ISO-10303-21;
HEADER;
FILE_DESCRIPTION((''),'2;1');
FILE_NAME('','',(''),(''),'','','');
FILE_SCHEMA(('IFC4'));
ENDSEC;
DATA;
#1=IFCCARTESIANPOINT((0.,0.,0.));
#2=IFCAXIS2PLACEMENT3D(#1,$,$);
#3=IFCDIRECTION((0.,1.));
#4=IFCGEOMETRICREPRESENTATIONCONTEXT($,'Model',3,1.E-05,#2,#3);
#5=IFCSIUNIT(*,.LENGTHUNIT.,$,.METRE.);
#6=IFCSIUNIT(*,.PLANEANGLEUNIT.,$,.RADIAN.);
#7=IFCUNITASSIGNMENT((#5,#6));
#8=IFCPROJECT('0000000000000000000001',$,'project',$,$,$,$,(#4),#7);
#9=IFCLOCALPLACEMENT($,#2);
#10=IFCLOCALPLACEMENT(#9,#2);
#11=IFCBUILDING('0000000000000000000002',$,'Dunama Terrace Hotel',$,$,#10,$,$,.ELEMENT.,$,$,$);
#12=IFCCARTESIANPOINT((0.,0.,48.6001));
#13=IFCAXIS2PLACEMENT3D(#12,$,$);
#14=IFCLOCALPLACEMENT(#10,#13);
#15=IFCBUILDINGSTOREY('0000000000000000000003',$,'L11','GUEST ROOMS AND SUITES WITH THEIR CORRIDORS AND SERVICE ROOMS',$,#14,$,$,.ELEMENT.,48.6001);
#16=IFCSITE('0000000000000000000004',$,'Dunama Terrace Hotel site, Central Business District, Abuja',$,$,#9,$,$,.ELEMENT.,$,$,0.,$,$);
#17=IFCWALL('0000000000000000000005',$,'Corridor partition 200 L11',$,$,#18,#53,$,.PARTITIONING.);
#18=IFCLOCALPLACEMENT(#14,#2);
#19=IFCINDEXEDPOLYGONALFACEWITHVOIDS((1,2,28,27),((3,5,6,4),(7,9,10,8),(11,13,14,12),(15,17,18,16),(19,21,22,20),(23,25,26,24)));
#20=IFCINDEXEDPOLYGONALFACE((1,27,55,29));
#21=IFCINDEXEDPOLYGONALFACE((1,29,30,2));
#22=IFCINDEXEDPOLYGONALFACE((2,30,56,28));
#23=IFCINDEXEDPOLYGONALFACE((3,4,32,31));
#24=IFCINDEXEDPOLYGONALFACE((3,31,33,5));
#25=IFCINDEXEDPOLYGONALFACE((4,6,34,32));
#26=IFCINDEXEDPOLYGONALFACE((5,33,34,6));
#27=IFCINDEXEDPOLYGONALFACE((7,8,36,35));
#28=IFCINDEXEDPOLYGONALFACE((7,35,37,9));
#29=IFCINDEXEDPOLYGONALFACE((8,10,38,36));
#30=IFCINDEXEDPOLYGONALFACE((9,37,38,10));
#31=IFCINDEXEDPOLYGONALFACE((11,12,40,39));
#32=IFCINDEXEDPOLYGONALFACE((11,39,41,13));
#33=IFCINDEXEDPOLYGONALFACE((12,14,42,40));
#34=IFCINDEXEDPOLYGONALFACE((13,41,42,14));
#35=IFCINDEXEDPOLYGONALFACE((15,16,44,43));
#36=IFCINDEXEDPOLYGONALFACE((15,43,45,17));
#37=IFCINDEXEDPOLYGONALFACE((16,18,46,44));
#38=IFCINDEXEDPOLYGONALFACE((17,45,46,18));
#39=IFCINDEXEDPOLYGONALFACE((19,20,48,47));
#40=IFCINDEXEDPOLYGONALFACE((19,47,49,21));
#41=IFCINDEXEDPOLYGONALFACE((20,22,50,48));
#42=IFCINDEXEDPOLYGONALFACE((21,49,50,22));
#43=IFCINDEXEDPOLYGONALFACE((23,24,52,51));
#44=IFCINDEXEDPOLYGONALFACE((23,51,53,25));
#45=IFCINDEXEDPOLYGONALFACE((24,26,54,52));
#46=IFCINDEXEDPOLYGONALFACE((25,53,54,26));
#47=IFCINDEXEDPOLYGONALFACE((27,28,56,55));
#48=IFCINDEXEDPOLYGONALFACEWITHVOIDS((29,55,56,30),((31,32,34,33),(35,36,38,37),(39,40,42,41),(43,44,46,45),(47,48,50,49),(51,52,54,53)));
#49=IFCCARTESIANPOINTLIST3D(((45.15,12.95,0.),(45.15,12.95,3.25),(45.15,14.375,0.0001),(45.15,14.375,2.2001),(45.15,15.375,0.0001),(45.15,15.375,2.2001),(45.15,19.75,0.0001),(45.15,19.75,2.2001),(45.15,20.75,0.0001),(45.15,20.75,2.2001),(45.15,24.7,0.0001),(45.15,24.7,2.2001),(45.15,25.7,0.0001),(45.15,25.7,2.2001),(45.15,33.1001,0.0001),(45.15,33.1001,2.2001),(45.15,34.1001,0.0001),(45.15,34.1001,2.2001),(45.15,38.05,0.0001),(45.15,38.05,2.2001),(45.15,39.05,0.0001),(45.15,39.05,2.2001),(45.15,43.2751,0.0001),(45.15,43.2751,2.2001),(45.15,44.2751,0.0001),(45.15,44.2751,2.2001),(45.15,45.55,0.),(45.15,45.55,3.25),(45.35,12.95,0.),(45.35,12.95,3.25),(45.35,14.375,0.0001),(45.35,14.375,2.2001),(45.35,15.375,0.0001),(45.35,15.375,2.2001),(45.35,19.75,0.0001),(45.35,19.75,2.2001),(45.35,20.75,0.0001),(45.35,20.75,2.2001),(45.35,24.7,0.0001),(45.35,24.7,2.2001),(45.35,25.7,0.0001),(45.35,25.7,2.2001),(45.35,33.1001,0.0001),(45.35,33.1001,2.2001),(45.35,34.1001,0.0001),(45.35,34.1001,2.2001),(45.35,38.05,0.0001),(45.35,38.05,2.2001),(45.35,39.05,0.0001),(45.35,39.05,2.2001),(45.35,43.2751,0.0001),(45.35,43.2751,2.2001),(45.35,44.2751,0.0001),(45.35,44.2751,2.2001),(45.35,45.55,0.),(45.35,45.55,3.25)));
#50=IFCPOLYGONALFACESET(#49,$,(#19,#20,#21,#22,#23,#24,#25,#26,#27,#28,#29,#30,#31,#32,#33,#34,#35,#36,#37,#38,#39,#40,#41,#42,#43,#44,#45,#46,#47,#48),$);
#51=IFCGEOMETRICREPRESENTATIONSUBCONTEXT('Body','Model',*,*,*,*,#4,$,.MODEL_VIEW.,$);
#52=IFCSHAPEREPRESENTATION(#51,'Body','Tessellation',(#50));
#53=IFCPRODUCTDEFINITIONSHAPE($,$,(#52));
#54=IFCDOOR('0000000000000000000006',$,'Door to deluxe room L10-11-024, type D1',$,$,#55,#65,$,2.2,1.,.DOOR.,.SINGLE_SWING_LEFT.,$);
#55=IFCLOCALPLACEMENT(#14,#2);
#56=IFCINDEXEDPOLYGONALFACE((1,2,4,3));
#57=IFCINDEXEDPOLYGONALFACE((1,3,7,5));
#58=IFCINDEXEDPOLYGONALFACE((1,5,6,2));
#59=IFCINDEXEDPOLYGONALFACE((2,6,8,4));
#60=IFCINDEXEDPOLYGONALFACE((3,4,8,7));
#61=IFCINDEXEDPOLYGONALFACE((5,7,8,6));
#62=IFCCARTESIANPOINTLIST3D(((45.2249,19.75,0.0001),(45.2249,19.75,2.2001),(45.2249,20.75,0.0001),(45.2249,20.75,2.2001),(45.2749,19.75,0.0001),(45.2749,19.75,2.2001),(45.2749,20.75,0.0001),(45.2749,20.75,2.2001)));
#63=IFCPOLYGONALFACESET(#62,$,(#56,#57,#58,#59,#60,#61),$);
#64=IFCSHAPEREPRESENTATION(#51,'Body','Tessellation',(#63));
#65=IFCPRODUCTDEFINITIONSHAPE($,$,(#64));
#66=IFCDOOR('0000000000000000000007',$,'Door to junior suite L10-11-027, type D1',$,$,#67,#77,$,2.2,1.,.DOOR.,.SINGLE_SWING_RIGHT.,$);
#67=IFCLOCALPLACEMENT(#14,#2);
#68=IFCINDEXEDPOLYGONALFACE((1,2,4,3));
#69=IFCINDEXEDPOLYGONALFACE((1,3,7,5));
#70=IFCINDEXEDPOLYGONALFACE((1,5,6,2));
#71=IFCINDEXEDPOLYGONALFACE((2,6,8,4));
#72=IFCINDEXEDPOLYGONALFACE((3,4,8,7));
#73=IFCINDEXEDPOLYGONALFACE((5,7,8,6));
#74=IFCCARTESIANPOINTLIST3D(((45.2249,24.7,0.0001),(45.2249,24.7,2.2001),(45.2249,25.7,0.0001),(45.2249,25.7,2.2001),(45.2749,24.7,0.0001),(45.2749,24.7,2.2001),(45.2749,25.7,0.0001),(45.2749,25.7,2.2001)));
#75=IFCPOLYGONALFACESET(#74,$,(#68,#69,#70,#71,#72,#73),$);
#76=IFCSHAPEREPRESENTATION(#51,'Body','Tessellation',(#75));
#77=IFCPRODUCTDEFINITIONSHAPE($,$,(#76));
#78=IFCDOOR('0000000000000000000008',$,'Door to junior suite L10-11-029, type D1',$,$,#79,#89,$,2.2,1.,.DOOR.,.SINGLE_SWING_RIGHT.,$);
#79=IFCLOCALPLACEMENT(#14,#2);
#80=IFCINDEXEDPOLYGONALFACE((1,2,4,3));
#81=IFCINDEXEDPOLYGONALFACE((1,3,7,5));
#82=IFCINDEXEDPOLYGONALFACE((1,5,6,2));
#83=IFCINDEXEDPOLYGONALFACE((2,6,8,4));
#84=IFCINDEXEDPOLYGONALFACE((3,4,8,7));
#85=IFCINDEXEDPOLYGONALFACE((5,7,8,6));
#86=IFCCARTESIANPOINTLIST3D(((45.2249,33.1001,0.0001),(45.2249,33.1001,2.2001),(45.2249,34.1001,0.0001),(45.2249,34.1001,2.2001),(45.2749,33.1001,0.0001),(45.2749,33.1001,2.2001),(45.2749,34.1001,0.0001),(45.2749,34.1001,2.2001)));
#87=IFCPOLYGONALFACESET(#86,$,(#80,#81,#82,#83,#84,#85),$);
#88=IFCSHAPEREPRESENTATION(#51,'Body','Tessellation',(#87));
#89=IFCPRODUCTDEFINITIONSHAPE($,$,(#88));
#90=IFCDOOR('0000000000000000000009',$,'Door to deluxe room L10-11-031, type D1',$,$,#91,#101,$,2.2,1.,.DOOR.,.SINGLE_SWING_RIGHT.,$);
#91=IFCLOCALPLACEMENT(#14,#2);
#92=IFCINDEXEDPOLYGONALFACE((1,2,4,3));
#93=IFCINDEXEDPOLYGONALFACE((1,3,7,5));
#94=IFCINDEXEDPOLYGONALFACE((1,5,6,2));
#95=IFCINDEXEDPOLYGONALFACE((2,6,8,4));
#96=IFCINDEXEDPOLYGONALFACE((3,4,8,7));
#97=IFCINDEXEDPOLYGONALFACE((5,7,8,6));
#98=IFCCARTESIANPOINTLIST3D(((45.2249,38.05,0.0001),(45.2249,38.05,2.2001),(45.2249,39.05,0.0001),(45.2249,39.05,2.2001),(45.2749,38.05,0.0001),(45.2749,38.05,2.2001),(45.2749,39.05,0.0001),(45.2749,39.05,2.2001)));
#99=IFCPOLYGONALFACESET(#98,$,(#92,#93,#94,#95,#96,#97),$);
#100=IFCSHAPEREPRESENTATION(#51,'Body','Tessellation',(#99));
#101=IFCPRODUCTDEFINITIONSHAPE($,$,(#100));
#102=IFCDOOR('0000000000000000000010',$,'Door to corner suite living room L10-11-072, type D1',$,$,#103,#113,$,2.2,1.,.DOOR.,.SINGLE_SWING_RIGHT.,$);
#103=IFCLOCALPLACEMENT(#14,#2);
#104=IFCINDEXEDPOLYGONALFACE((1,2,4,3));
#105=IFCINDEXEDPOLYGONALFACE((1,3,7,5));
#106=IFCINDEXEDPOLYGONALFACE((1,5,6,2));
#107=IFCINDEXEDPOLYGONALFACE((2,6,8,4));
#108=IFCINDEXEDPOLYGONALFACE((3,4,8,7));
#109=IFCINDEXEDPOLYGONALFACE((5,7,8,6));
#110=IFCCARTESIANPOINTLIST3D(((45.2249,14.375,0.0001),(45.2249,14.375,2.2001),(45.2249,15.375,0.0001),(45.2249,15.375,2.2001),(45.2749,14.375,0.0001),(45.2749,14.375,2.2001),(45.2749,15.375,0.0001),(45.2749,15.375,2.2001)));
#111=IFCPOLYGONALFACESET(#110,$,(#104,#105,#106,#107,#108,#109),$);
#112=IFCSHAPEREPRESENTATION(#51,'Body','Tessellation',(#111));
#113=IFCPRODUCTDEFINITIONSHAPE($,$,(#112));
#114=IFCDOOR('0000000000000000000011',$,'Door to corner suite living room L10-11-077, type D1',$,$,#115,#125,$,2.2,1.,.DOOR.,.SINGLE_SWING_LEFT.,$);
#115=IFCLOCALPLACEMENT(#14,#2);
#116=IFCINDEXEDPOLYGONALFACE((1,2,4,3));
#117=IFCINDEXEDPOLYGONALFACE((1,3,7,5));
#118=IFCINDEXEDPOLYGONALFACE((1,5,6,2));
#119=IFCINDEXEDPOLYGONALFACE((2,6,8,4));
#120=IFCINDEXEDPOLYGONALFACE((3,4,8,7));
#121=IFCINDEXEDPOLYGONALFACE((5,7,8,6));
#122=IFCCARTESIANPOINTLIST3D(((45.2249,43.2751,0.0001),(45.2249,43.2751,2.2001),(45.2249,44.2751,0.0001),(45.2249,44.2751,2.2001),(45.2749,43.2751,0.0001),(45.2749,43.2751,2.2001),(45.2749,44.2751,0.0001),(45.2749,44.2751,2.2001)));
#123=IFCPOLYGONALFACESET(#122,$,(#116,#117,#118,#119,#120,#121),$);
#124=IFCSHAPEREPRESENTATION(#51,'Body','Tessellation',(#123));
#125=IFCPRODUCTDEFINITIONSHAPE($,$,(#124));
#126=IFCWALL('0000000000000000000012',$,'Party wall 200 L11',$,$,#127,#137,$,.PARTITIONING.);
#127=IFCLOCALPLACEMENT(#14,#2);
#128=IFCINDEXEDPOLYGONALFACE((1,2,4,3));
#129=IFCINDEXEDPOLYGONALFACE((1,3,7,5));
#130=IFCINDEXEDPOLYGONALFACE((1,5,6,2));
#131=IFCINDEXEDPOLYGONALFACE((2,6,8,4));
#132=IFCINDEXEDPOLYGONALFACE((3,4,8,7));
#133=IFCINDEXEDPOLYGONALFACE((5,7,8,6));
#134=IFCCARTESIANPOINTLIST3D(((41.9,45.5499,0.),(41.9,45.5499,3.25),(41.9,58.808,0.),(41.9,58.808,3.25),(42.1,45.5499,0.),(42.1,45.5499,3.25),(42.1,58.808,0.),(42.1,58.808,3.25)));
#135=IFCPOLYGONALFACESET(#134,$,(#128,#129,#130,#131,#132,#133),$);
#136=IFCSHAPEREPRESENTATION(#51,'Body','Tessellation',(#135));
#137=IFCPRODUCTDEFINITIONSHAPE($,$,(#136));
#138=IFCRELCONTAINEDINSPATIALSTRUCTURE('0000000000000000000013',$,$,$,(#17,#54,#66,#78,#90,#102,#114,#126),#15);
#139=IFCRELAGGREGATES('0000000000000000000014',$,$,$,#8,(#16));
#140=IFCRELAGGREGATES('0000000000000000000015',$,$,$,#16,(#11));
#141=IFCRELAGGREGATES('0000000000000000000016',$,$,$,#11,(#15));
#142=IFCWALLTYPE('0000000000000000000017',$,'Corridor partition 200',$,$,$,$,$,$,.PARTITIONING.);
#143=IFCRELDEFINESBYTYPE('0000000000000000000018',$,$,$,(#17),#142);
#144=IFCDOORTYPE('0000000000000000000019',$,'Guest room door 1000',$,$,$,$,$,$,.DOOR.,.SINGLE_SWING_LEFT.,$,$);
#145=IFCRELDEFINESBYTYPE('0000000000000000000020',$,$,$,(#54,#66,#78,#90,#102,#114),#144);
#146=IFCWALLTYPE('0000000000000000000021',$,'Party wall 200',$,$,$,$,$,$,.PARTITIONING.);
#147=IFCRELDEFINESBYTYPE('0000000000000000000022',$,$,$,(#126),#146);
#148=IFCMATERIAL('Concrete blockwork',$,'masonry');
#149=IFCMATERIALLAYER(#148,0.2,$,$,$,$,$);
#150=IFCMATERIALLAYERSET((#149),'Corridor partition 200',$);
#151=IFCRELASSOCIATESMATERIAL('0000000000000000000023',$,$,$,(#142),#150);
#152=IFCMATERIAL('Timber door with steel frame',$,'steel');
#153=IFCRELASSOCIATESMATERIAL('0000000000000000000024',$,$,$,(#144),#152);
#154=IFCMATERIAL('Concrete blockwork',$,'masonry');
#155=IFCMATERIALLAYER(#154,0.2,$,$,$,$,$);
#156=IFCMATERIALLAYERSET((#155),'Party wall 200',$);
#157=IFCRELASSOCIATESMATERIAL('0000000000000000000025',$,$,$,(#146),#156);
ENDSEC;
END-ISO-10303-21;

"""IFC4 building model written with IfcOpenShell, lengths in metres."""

from ifc_helpers import new_model, si_unit, direction, frame, frame_2d, origin, place, context, subcontext, project, spatial, rectangle, extrude, material, layer, layer_set, type_object, element, fill, save


model = new_model("IFC4")

# Units and contexts
model_context = context("Model", 3, precision=1e-05, world=origin(), true_north=direction((0.0, 1.0)))
body_context = subcontext(model_context, "Body", "Model", "MODEL_VIEW")
ifc_project = project(units=[si_unit("LENGTHUNIT", "METRE"), si_unit("PLANEANGLEUNIT", "RADIAN")], contexts=[model_context])

# Site, building, storey
site_placement = place(None, origin())
site = spatial("IfcSite", under=ifc_project, at=site_placement, Name="Dunama Terrace Hotel site, Central Business District, Abuja", CompositionType="ELEMENT", RefElevation=0.0)
building_placement = place(site_placement, origin())
building = spatial("IfcBuilding", under=site, at=building_placement, Name="Dunama Terrace Hotel", CompositionType="ELEMENT")
storey_placement = place(building_placement, frame((0.0, 0.0, 48.6001)))
storey = spatial("IfcBuildingStorey", under=building, at=storey_placement, Name="L11", Description="GUEST ROOMS AND SUITES WITH THEIR CORRIDORS AND SERVICE ROOMS", CompositionType="ELEMENT", Elevation=48.6001)

# Wall, openings, doors
ifc_material_1 = material(Name="Concrete blockwork", Category="masonry")
ifc_layer_1 = layer(ifc_material_1, 0.2)
ifc_layer_set_1 = layer_set([ifc_layer_1], Name="Corridor partition 200")
wall_type_1 = type_object("IfcWallType", Name="Corridor partition 200", PredefinedType="PARTITIONING", material=ifc_layer_set_1)
wall_1_placement = place(storey_placement, frame((45.25, 45.55, 0.0), z_axis=(0.0, 0.0, 1.0), x_axis=(0.0, -1.0, 0.0)))
wall_1 = element("IfcWall", 1, at=wall_1_placement, inside=storey, type_object=wall_type_1, Name="Corridor partition 200 L11", PredefinedType="PARTITIONING", context=body_context, shape_type="SweptSolid", body=[
    extrude(rectangle(XDim=32.6001, YDim=0.2, at=frame_2d((16.3, 0.0))), origin(), (0.0, 0.0, 1.0), 3.25),
])
opening_1_placement = place(wall_1_placement, frame((24.8, 0.0, 0.0)))
opening_1 = element("IfcOpeningElement", 2, at=opening_1_placement, cuts=wall_1, PredefinedType="OPENING", context=body_context, shape_type="SweptSolid", body=[
    extrude(rectangle(XDim=1.0, YDim=2.2, at=frame_2d((0.5, 1.1001))), frame((0.0, 0.1099, 0.0), z_axis=(0.0, -1.0, 0.0), x_axis=(1.0, 0.0, 0.0)), (0.0, 0.0, 1.0), 0.22),
])
opening_2_placement = place(wall_1_placement, frame((19.8501, 0.0, 0.0)))
opening_2 = element("IfcOpeningElement", 3, at=opening_2_placement, cuts=wall_1, PredefinedType="OPENING", context=body_context, shape_type="SweptSolid", body=[
    extrude(rectangle(XDim=1.0, YDim=2.2, at=frame_2d((0.5, 1.1001))), frame((0.0, 0.1099, 0.0), z_axis=(0.0, -1.0, 0.0), x_axis=(1.0, 0.0, 0.0)), (0.0, 0.0, 1.0), 0.22),
])
opening_3_placement = place(wall_1_placement, frame((11.45, 0.0, 0.0)))
opening_3 = element("IfcOpeningElement", 4, at=opening_3_placement, cuts=wall_1, PredefinedType="OPENING", context=body_context, shape_type="SweptSolid", body=[
    extrude(rectangle(XDim=1.0, YDim=2.2, at=frame_2d((0.5, 1.1001))), frame((0.0, 0.1099, 0.0), z_axis=(0.0, -1.0, 0.0), x_axis=(1.0, 0.0, 0.0)), (0.0, 0.0, 1.0), 0.22),
])
opening_4_placement = place(wall_1_placement, frame((6.5, 0.0, 0.0)))
opening_4 = element("IfcOpeningElement", 5, at=opening_4_placement, cuts=wall_1, PredefinedType="OPENING", context=body_context, shape_type="SweptSolid", body=[
    extrude(rectangle(XDim=1.0, YDim=2.2, at=frame_2d((0.5, 1.1001))), frame((0.0, 0.1099, 0.0), z_axis=(0.0, -1.0, 0.0), x_axis=(1.0, 0.0, 0.0)), (0.0, 0.0, 1.0), 0.22),
])
opening_5_placement = place(wall_1_placement, frame((30.175, 0.0, 0.0)))
opening_5 = element("IfcOpeningElement", 6, at=opening_5_placement, cuts=wall_1, PredefinedType="OPENING", context=body_context, shape_type="SweptSolid", body=[
    extrude(rectangle(XDim=1.0, YDim=2.2, at=frame_2d((0.5, 1.1001))), frame((0.0, 0.1099, 0.0), z_axis=(0.0, -1.0, 0.0), x_axis=(1.0, 0.0, 0.0)), (0.0, 0.0, 1.0), 0.22),
])
opening_6_placement = place(wall_1_placement, frame((1.2749, 0.0, 0.0)))
opening_6 = element("IfcOpeningElement", 7, at=opening_6_placement, cuts=wall_1, PredefinedType="OPENING", context=body_context, shape_type="SweptSolid", body=[
    extrude(rectangle(XDim=1.0, YDim=2.2, at=frame_2d((0.5, 1.1001))), frame((0.0, 0.1099, 0.0), z_axis=(0.0, -1.0, 0.0), x_axis=(1.0, 0.0, 0.0)), (0.0, 0.0, 1.0), 0.22),
])
ifc_material_2 = material(Name="Timber door with steel frame", Category="steel")
door_type_1 = type_object("IfcDoorType", Name="Guest room door 1000", OperationType="SINGLE_SWING_LEFT", PredefinedType="DOOR", material=ifc_material_2)
door_1_placement = place(opening_1_placement, origin())
door_1 = element("IfcDoor", 8, at=door_1_placement, inside=storey, type_object=door_type_1, Name="Door to deluxe room L10-11-024, type D1", OperationType="SINGLE_SWING_LEFT", OverallHeight=2.2, OverallWidth=1.0, PredefinedType="DOOR", context=body_context, shape_type="SweptSolid", body=[
    extrude(rectangle(XDim=1.0, YDim=2.2, at=frame_2d((0.5, 1.1001))), frame((0.0, 0.0249, 0.0), z_axis=(0.0, -1.0, 0.0), x_axis=(1.0, 0.0, 0.0)), (0.0, 0.0, 1.0), 0.05),
])
fill(opening_1, door_1)
door_2_placement = place(opening_2_placement, origin())
door_2 = element("IfcDoor", 9, at=door_2_placement, inside=storey, type_object=door_type_1, Name="Door to junior suite L10-11-027, type D1", OperationType="SINGLE_SWING_RIGHT", OverallHeight=2.2, OverallWidth=1.0, PredefinedType="DOOR", context=body_context, shape_type="SweptSolid", body=[
    extrude(rectangle(XDim=1.0, YDim=2.2, at=frame_2d((0.5, 1.1001))), frame((0.0, 0.0249, 0.0), z_axis=(0.0, -1.0, 0.0), x_axis=(1.0, 0.0, 0.0)), (0.0, 0.0, 1.0), 0.05),
])
fill(opening_2, door_2)
door_3_placement = place(opening_3_placement, origin())
door_3 = element("IfcDoor", 10, at=door_3_placement, inside=storey, type_object=door_type_1, Name="Door to junior suite L10-11-029, type D1", OperationType="SINGLE_SWING_RIGHT", OverallHeight=2.2, OverallWidth=1.0, PredefinedType="DOOR", context=body_context, shape_type="SweptSolid", body=[
    extrude(rectangle(XDim=1.0, YDim=2.2, at=frame_2d((0.5, 1.1001))), frame((0.0, 0.0249, 0.0), z_axis=(0.0, -1.0, 0.0), x_axis=(1.0, 0.0, 0.0)), (0.0, 0.0, 1.0), 0.05),
])
fill(opening_3, door_3)
door_4_placement = place(opening_4_placement, origin())
door_4 = element("IfcDoor", 11, at=door_4_placement, inside=storey, type_object=door_type_1, Name="Door to deluxe room L10-11-031, type D1", OperationType="SINGLE_SWING_RIGHT", OverallHeight=2.2, OverallWidth=1.0, PredefinedType="DOOR", context=body_context, shape_type="SweptSolid", body=[
    extrude(rectangle(XDim=1.0, YDim=2.2, at=frame_2d((0.5, 1.1001))), frame((0.0, 0.0249, 0.0), z_axis=(0.0, -1.0, 0.0), x_axis=(1.0, 0.0, 0.0)), (0.0, 0.0, 1.0), 0.05),
])
fill(opening_4, door_4)
door_5_placement = place(opening_5_placement, origin())
door_5 = element("IfcDoor", 12, at=door_5_placement, inside=storey, type_object=door_type_1, Name="Door to corner suite living room L10-11-072, type D1", OperationType="SINGLE_SWING_RIGHT", OverallHeight=2.2, OverallWidth=1.0, PredefinedType="DOOR", context=body_context, shape_type="SweptSolid", body=[
    extrude(rectangle(XDim=1.0, YDim=2.2, at=frame_2d((0.5, 1.1001))), frame((0.0, 0.0249, 0.0), z_axis=(0.0, -1.0, 0.0), x_axis=(1.0, 0.0, 0.0)), (0.0, 0.0, 1.0), 0.05),
])
fill(opening_5, door_5)
door_6_placement = place(opening_6_placement, origin())
door_6 = element("IfcDoor", 13, at=door_6_placement, inside=storey, type_object=door_type_1, Name="Door to corner suite living room L10-11-077, type D1", OperationType="SINGLE_SWING_LEFT", OverallHeight=2.2, OverallWidth=1.0, PredefinedType="DOOR", context=body_context, shape_type="SweptSolid", body=[
    extrude(rectangle(XDim=1.0, YDim=2.2, at=frame_2d((0.5, 1.1001))), frame((0.0, 0.0249, 0.0), z_axis=(0.0, -1.0, 0.0), x_axis=(1.0, 0.0, 0.0)), (0.0, 0.0, 1.0), 0.05),
])
fill(opening_6, door_6)

# Wall
ifc_material_3 = material(Name="Concrete blockwork", Category="masonry")
ifc_layer_2 = layer(ifc_material_3, 0.2)
ifc_layer_set_2 = layer_set([ifc_layer_2], Name="Party wall 200")
wall_type_2 = type_object("IfcWallType", Name="Party wall 200", PredefinedType="PARTITIONING", material=ifc_layer_set_2)
wall_2_placement = place(storey_placement, frame((42.0, 45.55, 0.0), z_axis=(0.0, 0.0, 1.0), x_axis=(0.0, 1.0, 0.0)))
element("IfcWall", 14, at=wall_2_placement, inside=storey, type_object=wall_type_2, Name="Party wall 200 L11", PredefinedType="PARTITIONING", context=body_context, shape_type="SweptSolid", body=[
    extrude(rectangle(XDim=13.2581, YDim=0.2, at=frame_2d((6.6289, 0.0))), origin(), (0.0, 0.0, 1.0), 3.25),
])

save(model, "model.ifc")
